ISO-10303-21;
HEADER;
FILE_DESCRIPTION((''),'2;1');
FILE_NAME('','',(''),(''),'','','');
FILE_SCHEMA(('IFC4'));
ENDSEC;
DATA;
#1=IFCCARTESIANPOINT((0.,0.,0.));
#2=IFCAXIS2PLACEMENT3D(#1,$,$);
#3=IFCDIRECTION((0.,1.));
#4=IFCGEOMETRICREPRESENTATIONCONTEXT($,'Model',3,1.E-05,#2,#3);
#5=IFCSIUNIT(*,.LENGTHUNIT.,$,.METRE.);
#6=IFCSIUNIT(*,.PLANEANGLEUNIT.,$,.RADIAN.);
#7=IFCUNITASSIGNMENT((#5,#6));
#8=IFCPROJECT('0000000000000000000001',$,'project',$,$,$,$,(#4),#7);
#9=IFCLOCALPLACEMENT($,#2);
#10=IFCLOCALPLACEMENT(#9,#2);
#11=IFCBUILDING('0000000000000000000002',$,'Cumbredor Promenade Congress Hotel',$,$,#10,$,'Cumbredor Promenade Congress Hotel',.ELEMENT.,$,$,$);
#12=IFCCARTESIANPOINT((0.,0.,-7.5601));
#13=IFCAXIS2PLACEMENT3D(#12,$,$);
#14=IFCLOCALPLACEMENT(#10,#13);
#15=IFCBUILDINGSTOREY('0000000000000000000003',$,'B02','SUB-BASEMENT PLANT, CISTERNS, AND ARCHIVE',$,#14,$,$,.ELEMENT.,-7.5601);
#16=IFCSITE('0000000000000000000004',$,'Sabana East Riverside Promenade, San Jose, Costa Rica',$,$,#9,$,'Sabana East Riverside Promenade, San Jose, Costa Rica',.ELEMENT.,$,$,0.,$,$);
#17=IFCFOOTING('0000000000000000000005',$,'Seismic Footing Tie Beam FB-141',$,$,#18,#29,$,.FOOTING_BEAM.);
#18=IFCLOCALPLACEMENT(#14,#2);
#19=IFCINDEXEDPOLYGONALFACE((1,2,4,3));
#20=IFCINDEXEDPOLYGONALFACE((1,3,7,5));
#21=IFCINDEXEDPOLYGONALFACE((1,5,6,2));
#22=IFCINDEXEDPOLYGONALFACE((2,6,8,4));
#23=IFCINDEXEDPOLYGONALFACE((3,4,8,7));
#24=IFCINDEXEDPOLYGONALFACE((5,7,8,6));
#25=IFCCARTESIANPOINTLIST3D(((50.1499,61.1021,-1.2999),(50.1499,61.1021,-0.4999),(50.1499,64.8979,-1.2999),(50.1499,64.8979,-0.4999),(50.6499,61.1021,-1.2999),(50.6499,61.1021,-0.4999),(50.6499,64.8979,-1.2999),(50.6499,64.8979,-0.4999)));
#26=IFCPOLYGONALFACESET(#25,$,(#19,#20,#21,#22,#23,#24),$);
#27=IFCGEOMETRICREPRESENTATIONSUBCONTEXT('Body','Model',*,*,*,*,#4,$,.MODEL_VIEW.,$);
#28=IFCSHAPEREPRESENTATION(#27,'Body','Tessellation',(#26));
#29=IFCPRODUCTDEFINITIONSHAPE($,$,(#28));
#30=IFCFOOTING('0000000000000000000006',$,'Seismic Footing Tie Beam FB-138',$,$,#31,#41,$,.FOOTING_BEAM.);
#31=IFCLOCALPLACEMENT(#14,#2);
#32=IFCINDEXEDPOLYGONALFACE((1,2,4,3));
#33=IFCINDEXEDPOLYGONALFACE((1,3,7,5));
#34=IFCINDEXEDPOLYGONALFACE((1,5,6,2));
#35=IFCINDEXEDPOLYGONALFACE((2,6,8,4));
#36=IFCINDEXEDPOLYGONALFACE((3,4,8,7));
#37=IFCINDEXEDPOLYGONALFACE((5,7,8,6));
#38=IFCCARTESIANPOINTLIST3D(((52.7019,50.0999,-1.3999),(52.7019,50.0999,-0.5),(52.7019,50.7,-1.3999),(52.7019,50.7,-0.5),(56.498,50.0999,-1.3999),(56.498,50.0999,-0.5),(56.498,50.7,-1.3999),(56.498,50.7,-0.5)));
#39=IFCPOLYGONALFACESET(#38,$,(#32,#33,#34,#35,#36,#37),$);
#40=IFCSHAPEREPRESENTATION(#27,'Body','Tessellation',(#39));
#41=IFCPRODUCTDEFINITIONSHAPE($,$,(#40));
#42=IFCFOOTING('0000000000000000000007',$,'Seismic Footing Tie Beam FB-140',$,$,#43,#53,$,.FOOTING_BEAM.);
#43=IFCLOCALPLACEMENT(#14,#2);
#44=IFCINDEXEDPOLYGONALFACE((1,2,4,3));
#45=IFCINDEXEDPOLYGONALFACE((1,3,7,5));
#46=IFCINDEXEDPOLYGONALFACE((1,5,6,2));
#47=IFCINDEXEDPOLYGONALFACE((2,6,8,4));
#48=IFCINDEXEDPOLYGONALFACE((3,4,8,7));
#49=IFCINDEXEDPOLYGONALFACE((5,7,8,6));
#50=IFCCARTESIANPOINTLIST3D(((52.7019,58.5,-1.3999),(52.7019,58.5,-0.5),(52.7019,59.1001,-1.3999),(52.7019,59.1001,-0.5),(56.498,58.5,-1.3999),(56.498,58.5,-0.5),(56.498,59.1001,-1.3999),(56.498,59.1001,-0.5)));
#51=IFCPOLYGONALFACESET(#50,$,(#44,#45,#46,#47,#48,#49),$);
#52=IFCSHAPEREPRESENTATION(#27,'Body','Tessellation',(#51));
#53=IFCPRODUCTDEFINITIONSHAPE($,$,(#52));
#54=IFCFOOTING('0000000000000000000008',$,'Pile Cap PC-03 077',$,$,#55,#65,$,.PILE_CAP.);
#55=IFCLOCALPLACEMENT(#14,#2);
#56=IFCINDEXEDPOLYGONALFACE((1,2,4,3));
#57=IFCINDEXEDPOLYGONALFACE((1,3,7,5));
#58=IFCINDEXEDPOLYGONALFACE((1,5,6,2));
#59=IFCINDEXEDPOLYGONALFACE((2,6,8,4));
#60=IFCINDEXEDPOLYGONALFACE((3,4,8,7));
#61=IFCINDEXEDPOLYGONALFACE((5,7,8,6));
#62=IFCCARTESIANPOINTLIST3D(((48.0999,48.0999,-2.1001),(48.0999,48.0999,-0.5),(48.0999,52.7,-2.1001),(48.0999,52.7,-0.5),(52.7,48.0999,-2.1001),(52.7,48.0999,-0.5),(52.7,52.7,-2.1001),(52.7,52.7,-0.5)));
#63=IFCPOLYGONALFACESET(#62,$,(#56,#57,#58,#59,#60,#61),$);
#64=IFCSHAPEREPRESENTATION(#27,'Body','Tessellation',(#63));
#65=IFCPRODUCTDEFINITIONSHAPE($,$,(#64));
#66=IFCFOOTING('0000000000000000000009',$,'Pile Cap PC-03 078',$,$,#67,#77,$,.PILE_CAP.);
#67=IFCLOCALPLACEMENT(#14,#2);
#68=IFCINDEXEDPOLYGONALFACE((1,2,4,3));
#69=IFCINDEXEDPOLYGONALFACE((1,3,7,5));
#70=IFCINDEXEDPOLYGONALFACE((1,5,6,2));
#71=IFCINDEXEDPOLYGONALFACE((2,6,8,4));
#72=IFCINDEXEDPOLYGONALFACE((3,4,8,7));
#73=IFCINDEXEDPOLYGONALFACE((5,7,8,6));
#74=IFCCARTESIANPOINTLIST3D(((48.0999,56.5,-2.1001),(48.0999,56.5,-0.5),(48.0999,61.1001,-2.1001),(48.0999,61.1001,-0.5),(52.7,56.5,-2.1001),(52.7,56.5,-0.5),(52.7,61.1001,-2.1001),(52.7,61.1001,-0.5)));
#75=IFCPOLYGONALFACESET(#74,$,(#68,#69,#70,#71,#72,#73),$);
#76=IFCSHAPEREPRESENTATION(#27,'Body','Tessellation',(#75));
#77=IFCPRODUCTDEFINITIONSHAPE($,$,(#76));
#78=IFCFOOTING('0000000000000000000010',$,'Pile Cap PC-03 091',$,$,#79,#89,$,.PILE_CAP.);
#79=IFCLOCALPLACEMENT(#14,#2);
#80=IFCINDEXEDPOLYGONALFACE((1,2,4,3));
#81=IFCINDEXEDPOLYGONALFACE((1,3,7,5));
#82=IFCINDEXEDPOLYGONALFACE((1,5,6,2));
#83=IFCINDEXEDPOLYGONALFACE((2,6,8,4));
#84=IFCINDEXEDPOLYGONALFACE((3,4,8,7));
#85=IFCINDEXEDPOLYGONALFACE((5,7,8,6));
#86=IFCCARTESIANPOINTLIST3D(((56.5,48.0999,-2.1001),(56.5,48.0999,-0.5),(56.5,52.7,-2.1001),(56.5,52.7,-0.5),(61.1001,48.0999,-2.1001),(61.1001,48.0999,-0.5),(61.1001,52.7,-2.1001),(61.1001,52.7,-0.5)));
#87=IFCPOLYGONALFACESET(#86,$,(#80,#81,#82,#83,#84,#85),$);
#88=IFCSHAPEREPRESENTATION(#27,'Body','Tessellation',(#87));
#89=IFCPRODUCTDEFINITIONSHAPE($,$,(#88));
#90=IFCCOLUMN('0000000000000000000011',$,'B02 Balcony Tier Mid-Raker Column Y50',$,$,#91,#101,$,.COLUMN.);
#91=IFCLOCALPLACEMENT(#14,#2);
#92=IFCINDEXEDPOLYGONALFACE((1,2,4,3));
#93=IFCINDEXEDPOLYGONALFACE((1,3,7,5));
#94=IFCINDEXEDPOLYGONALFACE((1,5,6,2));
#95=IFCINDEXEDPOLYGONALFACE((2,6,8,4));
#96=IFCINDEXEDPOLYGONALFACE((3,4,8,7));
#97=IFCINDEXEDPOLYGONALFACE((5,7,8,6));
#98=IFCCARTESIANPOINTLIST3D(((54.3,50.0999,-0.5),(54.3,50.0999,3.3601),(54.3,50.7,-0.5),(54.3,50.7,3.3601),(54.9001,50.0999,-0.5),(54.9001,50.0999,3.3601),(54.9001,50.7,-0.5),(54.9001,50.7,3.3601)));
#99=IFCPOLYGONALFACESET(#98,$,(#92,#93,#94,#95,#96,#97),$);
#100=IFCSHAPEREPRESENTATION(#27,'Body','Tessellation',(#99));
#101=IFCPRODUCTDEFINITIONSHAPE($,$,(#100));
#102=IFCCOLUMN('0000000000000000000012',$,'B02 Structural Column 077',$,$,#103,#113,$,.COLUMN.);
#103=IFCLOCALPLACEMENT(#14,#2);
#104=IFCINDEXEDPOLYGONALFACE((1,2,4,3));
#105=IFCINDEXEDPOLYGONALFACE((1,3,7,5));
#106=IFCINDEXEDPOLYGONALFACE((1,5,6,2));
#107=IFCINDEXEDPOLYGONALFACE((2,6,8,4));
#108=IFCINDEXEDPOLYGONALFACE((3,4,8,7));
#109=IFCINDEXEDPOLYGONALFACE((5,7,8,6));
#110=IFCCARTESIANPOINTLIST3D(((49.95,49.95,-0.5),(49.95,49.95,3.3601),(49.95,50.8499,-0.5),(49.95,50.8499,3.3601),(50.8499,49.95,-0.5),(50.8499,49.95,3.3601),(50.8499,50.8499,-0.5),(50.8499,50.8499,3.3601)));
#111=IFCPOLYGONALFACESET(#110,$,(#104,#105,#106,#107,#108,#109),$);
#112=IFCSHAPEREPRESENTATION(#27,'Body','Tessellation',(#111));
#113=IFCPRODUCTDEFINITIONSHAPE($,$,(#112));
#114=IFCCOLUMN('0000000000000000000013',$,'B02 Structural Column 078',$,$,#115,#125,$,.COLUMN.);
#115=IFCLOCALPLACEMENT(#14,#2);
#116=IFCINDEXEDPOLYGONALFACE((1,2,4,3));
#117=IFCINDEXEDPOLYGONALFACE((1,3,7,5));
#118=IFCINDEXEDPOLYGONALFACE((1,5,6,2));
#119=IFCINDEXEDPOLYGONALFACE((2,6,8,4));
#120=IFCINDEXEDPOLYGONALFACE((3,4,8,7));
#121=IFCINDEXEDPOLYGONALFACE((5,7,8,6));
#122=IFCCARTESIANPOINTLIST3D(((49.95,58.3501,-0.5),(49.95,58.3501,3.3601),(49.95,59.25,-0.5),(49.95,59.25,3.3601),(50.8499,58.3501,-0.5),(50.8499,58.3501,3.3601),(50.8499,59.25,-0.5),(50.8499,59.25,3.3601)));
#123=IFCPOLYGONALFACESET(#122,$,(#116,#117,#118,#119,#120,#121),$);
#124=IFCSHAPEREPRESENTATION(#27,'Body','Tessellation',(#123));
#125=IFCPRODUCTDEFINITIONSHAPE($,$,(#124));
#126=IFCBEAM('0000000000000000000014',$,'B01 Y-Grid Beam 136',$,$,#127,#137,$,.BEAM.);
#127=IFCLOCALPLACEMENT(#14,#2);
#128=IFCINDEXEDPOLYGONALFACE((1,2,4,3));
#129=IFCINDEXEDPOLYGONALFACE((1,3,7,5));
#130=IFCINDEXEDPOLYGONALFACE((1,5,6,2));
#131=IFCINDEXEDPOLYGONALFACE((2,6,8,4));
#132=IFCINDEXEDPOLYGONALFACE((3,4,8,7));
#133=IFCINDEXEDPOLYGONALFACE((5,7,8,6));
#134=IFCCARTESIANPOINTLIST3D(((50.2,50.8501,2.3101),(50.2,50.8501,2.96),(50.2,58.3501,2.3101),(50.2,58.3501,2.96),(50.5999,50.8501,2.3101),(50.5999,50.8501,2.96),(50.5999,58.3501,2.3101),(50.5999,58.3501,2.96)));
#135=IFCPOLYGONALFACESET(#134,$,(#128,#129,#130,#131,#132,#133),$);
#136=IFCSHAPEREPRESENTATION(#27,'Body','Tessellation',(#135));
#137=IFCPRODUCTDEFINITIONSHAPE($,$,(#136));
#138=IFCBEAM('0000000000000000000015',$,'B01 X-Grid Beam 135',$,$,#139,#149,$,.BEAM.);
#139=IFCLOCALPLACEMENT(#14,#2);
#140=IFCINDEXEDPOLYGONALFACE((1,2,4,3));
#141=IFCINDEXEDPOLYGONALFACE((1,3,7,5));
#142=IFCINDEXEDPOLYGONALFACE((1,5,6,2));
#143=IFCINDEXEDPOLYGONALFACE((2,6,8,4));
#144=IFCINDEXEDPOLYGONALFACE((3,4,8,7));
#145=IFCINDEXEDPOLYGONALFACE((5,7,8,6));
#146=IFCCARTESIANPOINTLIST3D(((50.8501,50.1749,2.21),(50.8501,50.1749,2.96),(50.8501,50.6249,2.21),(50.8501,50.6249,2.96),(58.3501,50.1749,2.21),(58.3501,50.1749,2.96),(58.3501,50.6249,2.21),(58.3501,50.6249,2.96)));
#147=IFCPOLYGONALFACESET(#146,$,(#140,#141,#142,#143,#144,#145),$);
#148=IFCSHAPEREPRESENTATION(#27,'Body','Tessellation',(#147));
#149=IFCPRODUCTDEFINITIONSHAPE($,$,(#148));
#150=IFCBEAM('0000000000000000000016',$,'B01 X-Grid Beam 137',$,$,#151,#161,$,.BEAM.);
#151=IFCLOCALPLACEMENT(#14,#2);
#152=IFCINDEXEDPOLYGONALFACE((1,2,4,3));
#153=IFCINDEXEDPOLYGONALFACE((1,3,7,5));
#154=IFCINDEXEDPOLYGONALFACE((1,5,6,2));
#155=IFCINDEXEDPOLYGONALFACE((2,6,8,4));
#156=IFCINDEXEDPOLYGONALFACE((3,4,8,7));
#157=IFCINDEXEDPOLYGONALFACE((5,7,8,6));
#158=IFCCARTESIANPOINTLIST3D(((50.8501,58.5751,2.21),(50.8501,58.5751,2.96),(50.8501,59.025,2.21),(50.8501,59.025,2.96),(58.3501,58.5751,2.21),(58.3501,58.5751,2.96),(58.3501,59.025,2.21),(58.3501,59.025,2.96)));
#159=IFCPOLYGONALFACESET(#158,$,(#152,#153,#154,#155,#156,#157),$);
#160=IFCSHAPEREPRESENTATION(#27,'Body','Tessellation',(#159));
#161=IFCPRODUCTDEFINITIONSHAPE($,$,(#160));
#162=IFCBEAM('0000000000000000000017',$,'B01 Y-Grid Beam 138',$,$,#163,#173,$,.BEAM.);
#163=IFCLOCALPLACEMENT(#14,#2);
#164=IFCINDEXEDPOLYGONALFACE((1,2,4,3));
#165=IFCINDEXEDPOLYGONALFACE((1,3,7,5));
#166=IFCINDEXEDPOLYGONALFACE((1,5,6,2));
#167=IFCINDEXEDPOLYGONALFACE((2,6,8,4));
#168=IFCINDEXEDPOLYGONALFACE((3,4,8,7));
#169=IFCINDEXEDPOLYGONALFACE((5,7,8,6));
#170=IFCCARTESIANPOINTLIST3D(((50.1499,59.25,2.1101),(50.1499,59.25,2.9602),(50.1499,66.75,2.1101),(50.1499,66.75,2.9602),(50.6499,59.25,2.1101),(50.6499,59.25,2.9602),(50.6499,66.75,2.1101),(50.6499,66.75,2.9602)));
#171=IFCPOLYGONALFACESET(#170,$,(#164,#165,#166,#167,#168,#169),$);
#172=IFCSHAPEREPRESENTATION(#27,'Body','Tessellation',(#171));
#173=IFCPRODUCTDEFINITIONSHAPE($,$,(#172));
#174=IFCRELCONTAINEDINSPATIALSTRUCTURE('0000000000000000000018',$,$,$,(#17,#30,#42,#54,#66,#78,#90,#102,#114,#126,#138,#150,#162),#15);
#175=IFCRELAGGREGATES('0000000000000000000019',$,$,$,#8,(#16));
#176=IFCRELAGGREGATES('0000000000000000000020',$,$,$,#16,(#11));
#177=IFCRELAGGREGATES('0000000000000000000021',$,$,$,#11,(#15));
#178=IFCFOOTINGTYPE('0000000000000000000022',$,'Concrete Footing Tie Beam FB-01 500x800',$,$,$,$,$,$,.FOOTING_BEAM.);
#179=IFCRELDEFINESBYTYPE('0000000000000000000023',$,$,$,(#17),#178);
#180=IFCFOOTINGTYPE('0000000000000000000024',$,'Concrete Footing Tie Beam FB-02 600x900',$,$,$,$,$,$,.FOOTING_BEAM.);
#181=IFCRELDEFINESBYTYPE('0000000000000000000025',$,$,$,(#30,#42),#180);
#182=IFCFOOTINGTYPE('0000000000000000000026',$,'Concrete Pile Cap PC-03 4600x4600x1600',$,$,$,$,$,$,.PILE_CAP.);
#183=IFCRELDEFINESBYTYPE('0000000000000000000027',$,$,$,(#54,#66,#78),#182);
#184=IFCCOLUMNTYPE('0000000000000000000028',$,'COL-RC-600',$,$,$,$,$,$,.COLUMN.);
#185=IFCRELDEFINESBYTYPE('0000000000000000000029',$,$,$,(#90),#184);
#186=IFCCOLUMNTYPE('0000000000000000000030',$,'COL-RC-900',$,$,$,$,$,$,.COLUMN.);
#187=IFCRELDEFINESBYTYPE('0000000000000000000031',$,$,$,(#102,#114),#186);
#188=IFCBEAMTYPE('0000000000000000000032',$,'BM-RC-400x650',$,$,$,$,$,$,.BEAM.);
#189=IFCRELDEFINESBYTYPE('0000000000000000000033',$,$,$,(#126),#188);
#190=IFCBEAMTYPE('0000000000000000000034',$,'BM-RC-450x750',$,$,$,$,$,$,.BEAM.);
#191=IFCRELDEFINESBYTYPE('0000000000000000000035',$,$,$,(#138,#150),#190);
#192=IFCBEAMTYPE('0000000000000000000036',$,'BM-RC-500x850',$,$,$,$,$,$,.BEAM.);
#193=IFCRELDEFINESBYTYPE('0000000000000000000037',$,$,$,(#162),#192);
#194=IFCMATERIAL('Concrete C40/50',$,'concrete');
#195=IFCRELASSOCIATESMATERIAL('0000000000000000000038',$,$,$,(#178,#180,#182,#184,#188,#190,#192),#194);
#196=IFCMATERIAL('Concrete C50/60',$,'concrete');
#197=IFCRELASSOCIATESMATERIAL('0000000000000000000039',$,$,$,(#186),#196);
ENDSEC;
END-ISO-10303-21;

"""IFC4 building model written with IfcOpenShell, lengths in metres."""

from ifc_helpers import new_model, si_unit, direction, frame, origin, origin_2d, place, context, subcontext, project, spatial, rectangle, extrude, material, material_profile, profile_set, type_object, element, save


model = new_model("IFC4")

# Units and contexts
model_context = context("Model", 3, precision=1e-05, world=origin(), true_north=direction((0.0, 1.0)))
body_context = subcontext(model_context, "Body", "Model", "MODEL_VIEW")
ifc_project = project(units=[si_unit("LENGTHUNIT", "METRE"), si_unit("PLANEANGLEUNIT", "RADIAN")], contexts=[model_context])

# Site, building, storey
site_placement = place(None, origin())
site = spatial("IfcSite", under=ifc_project, at=site_placement, Name="Sabana East Riverside Promenade, San Jose, Costa Rica", LongName="Sabana East Riverside Promenade, San Jose, Costa Rica", CompositionType="ELEMENT", RefElevation=0.0)
building_placement = place(site_placement, origin())
building = spatial("IfcBuilding", under=site, at=building_placement, Name="Cumbredor Promenade Congress Hotel", LongName="Cumbredor Promenade Congress Hotel", CompositionType="ELEMENT")
storey_placement = place(building_placement, frame((0.0, 0.0, -7.5601)))
storey = spatial("IfcBuildingStorey", under=building, at=storey_placement, Name="B02", Description="SUB-BASEMENT PLANT, CISTERNS, AND ARCHIVE", CompositionType="ELEMENT", Elevation=-7.5601)

# Shared definitions
ifc_material_1 = material(Name="Concrete C40/50", Category="concrete")

# Footings
ifc_material_profile_1 = material_profile(ifc_material_1, rectangle(XDim=0.5, YDim=0.8, at=origin_2d()), Name="FB 500x800")
ifc_profile_set_1 = profile_set([ifc_material_profile_1], Name="Concrete C40/50")
footing_type_1 = type_object("IfcFootingType", Name="Concrete Footing Tie Beam FB-01 500x800", PredefinedType="FOOTING_BEAM", material=ifc_profile_set_1)
footing_1_placement = place(storey_placement, frame((50.3999, 61.1021, -0.8999), z_axis=(0.0, 1.0, 0.0), x_axis=(-1.0, 0.0, 0.0)))
element("IfcFooting", 1, at=footing_1_placement, inside=storey, type_object=footing_type_1, Name="Seismic Footing Tie Beam FB-141", PredefinedType="FOOTING_BEAM", context=body_context, shape_type="SweptSolid", body=[
    extrude(rectangle(XDim=0.5, YDim=0.8, at=origin_2d()), origin(), (0.0, 0.0, 1.0), 3.7959),
])
ifc_material_profile_2 = material_profile(ifc_material_1, rectangle(XDim=0.6001, YDim=0.8999, at=origin_2d()), Name="FB 600x900")
ifc_profile_set_2 = profile_set([ifc_material_profile_2], Name="Concrete C40/50")
footing_type_2 = type_object("IfcFootingType", Name="Concrete Footing Tie Beam FB-02 600x900", PredefinedType="FOOTING_BEAM", material=ifc_profile_set_2)
for number, where, z_axis, x_axis, name in (
    (2, (52.7019, 50.3999, -0.95), (1.0, 0.0, 0.0), (0.0, 1.0, 0.0), "Seismic Footing Tie Beam FB-138"),
    (3, (52.7019, 58.8, -0.95), (1.0, 0.0, 0.0), (0.0, 1.0, 0.0), "Seismic Footing Tie Beam FB-140"),
):
    element("IfcFooting", number, at=place(storey_placement, frame(where, z_axis=z_axis, x_axis=x_axis)), inside=storey, type_object=footing_type_2, Name=name, PredefinedType="FOOTING_BEAM", context=body_context, shape_type="SweptSolid", body=[
        extrude(rectangle(XDim=0.6001, YDim=0.8999, at=origin_2d()), origin(), (0.0, 0.0, 1.0), 3.7961),
    ])
footing_type_3 = type_object("IfcFootingType", Name="Concrete Pile Cap PC-03 4600x4600x1600", PredefinedType="PILE_CAP", material=ifc_material_1)
for number, where, z_axis, x_axis, name in (
    (4, (50.3999, 50.3999, -2.1001), (0.0, 0.0, 1.0), (1.0, 0.0, 0.0), "Pile Cap PC-03 077"),
    (5, (50.3999, 58.8, -2.1001), (0.0, 0.0, 1.0), (1.0, 0.0, 0.0), "Pile Cap PC-03 078"),
    (6, (58.8, 50.3999, -2.1001), (0.0, 0.0, 1.0), (1.0, 0.0, 0.0), "Pile Cap PC-03 091"),
):
    element("IfcFooting", number, at=place(storey_placement, frame(where, z_axis=z_axis, x_axis=x_axis)), inside=storey, type_object=footing_type_3, Name=name, PredefinedType="PILE_CAP", context=body_context, shape_type="SweptSolid", body=[
        extrude(rectangle(XDim=4.6001, YDim=4.6001, at=origin_2d()), origin(), (0.0, 0.0, 1.0), 1.6001),
    ])

# Columns
ifc_material_profile_3 = material_profile(ifc_material_1, rectangle(XDim=0.6001, YDim=0.6001, at=origin_2d()), Name="RC 600x600")
ifc_profile_set_3 = profile_set([ifc_material_profile_3], Name="Concrete C40/50")
column_type_1 = type_object("IfcColumnType", Name="COL-RC-600", PredefinedType="COLUMN", material=ifc_profile_set_3)
column_placement = place(storey_placement, frame((54.6001, 50.3999, -0.5), z_axis=(0.0, 0.0, 1.0), x_axis=(1.0, 0.0, 0.0)))
element("IfcColumn", 7, at=column_placement, inside=storey, type_object=column_type_1, Name="B02 Balcony Tier Mid-Raker Column Y50", PredefinedType="COLUMN", context=body_context, shape_type="SweptSolid", body=[
    extrude(rectangle(XDim=0.6001, YDim=0.6001, at=origin_2d()), origin(), (0.0, 0.0, 1.0), 3.8601),
])
ifc_material_2 = material(Name="Concrete C50/60", Category="concrete")
ifc_material_profile_4 = material_profile(ifc_material_2, rectangle(XDim=0.8999, YDim=0.8999, at=origin_2d()), Name="RC 900x900")
ifc_profile_set_4 = profile_set([ifc_material_profile_4], Name="Concrete C50/60")
column_type_2 = type_object("IfcColumnType", Name="COL-RC-900", PredefinedType="COLUMN", material=ifc_profile_set_4)
for number, where, z_axis, x_axis, name in (
    (8, (50.3999, 50.3999, -0.5), (0.0, 0.0, 1.0), (1.0, 0.0, 0.0), "B02 Structural Column 077"),
    (9, (50.3999, 58.8, -0.5), (0.0, 0.0, 1.0), (1.0, 0.0, 0.0), "B02 Structural Column 078"),
):
    element("IfcColumn", number, at=place(storey_placement, frame(where, z_axis=z_axis, x_axis=x_axis)), inside=storey, type_object=column_type_2, Name=name, PredefinedType="COLUMN", context=body_context, shape_type="SweptSolid", body=[
        extrude(rectangle(XDim=0.8999, YDim=0.8999, at=origin_2d()), origin(), (0.0, 0.0, 1.0), 3.8601),
    ])

# Beams
ifc_material_profile_5 = material_profile(ifc_material_1, rectangle(XDim=0.3999, YDim=0.6499, at=origin_2d()), Name="RC BEAM 400x650")
ifc_profile_set_5 = profile_set([ifc_material_profile_5], Name="Concrete C40/50")
beam_type_1 = type_object("IfcBeamType", Name="BM-RC-400x650", PredefinedType="BEAM", material=ifc_profile_set_5)
beam_1_placement = place(storey_placement, frame((50.3999, 50.8501, 2.635), z_axis=(0.0, 1.0, 0.0), x_axis=(-1.0, 0.0, 0.0)))
element("IfcBeam", 10, at=beam_1_placement, inside=storey, type_object=beam_type_1, Name="B01 Y-Grid Beam 136", PredefinedType="BEAM", context=body_context, shape_type="SweptSolid", body=[
    extrude(rectangle(XDim=0.3999, YDim=0.6499, at=origin_2d()), origin(), (0.0, 0.0, 1.0), 7.5),
])
ifc_material_profile_6 = material_profile(ifc_material_1, rectangle(XDim=0.45, YDim=0.75, at=origin_2d()), Name="RC BEAM 450x750")
ifc_profile_set_6 = profile_set([ifc_material_profile_6], Name="Concrete C40/50")
beam_type_2 = type_object("IfcBeamType", Name="BM-RC-450x750", PredefinedType="BEAM", material=ifc_profile_set_6)
for number, where, z_axis, x_axis, name in (
    (11, (50.8501, 50.3999, 2.585), (1.0, 0.0, 0.0), (0.0, 1.0, 0.0), "B01 X-Grid Beam 135"),
    (12, (50.8501, 58.8, 2.585), (1.0, 0.0, 0.0), (0.0, 1.0, 0.0), "B01 X-Grid Beam 137"),
):
    element("IfcBeam", number, at=place(storey_placement, frame(where, z_axis=z_axis, x_axis=x_axis)), inside=storey, type_object=beam_type_2, Name=name, PredefinedType="BEAM", context=body_context, shape_type="SweptSolid", body=[
        extrude(rectangle(XDim=0.45, YDim=0.75, at=origin_2d()), origin(), (0.0, 0.0, 1.0), 7.5),
    ])
ifc_material_profile_7 = material_profile(ifc_material_1, rectangle(XDim=0.5, YDim=0.8501, at=origin_2d()), Name="RC BEAM 500x850")
ifc_profile_set_7 = profile_set([ifc_material_profile_7], Name="Concrete C40/50")
beam_type_3 = type_object("IfcBeamType", Name="BM-RC-500x850", PredefinedType="BEAM", material=ifc_profile_set_7)
beam_2_placement = place(storey_placement, frame((50.3999, 59.25, 2.5352), z_axis=(0.0, 1.0, 0.0), x_axis=(-1.0, 0.0, 0.0)))
element("IfcBeam", 13, at=beam_2_placement, inside=storey, type_object=beam_type_3, Name="B01 Y-Grid Beam 138", PredefinedType="BEAM", context=body_context, shape_type="SweptSolid", body=[
    extrude(rectangle(XDim=0.5, YDim=0.8501, at=origin_2d()), origin(), (0.0, 0.0, 1.0), 7.5),
])

save(model, "model.ifc")
